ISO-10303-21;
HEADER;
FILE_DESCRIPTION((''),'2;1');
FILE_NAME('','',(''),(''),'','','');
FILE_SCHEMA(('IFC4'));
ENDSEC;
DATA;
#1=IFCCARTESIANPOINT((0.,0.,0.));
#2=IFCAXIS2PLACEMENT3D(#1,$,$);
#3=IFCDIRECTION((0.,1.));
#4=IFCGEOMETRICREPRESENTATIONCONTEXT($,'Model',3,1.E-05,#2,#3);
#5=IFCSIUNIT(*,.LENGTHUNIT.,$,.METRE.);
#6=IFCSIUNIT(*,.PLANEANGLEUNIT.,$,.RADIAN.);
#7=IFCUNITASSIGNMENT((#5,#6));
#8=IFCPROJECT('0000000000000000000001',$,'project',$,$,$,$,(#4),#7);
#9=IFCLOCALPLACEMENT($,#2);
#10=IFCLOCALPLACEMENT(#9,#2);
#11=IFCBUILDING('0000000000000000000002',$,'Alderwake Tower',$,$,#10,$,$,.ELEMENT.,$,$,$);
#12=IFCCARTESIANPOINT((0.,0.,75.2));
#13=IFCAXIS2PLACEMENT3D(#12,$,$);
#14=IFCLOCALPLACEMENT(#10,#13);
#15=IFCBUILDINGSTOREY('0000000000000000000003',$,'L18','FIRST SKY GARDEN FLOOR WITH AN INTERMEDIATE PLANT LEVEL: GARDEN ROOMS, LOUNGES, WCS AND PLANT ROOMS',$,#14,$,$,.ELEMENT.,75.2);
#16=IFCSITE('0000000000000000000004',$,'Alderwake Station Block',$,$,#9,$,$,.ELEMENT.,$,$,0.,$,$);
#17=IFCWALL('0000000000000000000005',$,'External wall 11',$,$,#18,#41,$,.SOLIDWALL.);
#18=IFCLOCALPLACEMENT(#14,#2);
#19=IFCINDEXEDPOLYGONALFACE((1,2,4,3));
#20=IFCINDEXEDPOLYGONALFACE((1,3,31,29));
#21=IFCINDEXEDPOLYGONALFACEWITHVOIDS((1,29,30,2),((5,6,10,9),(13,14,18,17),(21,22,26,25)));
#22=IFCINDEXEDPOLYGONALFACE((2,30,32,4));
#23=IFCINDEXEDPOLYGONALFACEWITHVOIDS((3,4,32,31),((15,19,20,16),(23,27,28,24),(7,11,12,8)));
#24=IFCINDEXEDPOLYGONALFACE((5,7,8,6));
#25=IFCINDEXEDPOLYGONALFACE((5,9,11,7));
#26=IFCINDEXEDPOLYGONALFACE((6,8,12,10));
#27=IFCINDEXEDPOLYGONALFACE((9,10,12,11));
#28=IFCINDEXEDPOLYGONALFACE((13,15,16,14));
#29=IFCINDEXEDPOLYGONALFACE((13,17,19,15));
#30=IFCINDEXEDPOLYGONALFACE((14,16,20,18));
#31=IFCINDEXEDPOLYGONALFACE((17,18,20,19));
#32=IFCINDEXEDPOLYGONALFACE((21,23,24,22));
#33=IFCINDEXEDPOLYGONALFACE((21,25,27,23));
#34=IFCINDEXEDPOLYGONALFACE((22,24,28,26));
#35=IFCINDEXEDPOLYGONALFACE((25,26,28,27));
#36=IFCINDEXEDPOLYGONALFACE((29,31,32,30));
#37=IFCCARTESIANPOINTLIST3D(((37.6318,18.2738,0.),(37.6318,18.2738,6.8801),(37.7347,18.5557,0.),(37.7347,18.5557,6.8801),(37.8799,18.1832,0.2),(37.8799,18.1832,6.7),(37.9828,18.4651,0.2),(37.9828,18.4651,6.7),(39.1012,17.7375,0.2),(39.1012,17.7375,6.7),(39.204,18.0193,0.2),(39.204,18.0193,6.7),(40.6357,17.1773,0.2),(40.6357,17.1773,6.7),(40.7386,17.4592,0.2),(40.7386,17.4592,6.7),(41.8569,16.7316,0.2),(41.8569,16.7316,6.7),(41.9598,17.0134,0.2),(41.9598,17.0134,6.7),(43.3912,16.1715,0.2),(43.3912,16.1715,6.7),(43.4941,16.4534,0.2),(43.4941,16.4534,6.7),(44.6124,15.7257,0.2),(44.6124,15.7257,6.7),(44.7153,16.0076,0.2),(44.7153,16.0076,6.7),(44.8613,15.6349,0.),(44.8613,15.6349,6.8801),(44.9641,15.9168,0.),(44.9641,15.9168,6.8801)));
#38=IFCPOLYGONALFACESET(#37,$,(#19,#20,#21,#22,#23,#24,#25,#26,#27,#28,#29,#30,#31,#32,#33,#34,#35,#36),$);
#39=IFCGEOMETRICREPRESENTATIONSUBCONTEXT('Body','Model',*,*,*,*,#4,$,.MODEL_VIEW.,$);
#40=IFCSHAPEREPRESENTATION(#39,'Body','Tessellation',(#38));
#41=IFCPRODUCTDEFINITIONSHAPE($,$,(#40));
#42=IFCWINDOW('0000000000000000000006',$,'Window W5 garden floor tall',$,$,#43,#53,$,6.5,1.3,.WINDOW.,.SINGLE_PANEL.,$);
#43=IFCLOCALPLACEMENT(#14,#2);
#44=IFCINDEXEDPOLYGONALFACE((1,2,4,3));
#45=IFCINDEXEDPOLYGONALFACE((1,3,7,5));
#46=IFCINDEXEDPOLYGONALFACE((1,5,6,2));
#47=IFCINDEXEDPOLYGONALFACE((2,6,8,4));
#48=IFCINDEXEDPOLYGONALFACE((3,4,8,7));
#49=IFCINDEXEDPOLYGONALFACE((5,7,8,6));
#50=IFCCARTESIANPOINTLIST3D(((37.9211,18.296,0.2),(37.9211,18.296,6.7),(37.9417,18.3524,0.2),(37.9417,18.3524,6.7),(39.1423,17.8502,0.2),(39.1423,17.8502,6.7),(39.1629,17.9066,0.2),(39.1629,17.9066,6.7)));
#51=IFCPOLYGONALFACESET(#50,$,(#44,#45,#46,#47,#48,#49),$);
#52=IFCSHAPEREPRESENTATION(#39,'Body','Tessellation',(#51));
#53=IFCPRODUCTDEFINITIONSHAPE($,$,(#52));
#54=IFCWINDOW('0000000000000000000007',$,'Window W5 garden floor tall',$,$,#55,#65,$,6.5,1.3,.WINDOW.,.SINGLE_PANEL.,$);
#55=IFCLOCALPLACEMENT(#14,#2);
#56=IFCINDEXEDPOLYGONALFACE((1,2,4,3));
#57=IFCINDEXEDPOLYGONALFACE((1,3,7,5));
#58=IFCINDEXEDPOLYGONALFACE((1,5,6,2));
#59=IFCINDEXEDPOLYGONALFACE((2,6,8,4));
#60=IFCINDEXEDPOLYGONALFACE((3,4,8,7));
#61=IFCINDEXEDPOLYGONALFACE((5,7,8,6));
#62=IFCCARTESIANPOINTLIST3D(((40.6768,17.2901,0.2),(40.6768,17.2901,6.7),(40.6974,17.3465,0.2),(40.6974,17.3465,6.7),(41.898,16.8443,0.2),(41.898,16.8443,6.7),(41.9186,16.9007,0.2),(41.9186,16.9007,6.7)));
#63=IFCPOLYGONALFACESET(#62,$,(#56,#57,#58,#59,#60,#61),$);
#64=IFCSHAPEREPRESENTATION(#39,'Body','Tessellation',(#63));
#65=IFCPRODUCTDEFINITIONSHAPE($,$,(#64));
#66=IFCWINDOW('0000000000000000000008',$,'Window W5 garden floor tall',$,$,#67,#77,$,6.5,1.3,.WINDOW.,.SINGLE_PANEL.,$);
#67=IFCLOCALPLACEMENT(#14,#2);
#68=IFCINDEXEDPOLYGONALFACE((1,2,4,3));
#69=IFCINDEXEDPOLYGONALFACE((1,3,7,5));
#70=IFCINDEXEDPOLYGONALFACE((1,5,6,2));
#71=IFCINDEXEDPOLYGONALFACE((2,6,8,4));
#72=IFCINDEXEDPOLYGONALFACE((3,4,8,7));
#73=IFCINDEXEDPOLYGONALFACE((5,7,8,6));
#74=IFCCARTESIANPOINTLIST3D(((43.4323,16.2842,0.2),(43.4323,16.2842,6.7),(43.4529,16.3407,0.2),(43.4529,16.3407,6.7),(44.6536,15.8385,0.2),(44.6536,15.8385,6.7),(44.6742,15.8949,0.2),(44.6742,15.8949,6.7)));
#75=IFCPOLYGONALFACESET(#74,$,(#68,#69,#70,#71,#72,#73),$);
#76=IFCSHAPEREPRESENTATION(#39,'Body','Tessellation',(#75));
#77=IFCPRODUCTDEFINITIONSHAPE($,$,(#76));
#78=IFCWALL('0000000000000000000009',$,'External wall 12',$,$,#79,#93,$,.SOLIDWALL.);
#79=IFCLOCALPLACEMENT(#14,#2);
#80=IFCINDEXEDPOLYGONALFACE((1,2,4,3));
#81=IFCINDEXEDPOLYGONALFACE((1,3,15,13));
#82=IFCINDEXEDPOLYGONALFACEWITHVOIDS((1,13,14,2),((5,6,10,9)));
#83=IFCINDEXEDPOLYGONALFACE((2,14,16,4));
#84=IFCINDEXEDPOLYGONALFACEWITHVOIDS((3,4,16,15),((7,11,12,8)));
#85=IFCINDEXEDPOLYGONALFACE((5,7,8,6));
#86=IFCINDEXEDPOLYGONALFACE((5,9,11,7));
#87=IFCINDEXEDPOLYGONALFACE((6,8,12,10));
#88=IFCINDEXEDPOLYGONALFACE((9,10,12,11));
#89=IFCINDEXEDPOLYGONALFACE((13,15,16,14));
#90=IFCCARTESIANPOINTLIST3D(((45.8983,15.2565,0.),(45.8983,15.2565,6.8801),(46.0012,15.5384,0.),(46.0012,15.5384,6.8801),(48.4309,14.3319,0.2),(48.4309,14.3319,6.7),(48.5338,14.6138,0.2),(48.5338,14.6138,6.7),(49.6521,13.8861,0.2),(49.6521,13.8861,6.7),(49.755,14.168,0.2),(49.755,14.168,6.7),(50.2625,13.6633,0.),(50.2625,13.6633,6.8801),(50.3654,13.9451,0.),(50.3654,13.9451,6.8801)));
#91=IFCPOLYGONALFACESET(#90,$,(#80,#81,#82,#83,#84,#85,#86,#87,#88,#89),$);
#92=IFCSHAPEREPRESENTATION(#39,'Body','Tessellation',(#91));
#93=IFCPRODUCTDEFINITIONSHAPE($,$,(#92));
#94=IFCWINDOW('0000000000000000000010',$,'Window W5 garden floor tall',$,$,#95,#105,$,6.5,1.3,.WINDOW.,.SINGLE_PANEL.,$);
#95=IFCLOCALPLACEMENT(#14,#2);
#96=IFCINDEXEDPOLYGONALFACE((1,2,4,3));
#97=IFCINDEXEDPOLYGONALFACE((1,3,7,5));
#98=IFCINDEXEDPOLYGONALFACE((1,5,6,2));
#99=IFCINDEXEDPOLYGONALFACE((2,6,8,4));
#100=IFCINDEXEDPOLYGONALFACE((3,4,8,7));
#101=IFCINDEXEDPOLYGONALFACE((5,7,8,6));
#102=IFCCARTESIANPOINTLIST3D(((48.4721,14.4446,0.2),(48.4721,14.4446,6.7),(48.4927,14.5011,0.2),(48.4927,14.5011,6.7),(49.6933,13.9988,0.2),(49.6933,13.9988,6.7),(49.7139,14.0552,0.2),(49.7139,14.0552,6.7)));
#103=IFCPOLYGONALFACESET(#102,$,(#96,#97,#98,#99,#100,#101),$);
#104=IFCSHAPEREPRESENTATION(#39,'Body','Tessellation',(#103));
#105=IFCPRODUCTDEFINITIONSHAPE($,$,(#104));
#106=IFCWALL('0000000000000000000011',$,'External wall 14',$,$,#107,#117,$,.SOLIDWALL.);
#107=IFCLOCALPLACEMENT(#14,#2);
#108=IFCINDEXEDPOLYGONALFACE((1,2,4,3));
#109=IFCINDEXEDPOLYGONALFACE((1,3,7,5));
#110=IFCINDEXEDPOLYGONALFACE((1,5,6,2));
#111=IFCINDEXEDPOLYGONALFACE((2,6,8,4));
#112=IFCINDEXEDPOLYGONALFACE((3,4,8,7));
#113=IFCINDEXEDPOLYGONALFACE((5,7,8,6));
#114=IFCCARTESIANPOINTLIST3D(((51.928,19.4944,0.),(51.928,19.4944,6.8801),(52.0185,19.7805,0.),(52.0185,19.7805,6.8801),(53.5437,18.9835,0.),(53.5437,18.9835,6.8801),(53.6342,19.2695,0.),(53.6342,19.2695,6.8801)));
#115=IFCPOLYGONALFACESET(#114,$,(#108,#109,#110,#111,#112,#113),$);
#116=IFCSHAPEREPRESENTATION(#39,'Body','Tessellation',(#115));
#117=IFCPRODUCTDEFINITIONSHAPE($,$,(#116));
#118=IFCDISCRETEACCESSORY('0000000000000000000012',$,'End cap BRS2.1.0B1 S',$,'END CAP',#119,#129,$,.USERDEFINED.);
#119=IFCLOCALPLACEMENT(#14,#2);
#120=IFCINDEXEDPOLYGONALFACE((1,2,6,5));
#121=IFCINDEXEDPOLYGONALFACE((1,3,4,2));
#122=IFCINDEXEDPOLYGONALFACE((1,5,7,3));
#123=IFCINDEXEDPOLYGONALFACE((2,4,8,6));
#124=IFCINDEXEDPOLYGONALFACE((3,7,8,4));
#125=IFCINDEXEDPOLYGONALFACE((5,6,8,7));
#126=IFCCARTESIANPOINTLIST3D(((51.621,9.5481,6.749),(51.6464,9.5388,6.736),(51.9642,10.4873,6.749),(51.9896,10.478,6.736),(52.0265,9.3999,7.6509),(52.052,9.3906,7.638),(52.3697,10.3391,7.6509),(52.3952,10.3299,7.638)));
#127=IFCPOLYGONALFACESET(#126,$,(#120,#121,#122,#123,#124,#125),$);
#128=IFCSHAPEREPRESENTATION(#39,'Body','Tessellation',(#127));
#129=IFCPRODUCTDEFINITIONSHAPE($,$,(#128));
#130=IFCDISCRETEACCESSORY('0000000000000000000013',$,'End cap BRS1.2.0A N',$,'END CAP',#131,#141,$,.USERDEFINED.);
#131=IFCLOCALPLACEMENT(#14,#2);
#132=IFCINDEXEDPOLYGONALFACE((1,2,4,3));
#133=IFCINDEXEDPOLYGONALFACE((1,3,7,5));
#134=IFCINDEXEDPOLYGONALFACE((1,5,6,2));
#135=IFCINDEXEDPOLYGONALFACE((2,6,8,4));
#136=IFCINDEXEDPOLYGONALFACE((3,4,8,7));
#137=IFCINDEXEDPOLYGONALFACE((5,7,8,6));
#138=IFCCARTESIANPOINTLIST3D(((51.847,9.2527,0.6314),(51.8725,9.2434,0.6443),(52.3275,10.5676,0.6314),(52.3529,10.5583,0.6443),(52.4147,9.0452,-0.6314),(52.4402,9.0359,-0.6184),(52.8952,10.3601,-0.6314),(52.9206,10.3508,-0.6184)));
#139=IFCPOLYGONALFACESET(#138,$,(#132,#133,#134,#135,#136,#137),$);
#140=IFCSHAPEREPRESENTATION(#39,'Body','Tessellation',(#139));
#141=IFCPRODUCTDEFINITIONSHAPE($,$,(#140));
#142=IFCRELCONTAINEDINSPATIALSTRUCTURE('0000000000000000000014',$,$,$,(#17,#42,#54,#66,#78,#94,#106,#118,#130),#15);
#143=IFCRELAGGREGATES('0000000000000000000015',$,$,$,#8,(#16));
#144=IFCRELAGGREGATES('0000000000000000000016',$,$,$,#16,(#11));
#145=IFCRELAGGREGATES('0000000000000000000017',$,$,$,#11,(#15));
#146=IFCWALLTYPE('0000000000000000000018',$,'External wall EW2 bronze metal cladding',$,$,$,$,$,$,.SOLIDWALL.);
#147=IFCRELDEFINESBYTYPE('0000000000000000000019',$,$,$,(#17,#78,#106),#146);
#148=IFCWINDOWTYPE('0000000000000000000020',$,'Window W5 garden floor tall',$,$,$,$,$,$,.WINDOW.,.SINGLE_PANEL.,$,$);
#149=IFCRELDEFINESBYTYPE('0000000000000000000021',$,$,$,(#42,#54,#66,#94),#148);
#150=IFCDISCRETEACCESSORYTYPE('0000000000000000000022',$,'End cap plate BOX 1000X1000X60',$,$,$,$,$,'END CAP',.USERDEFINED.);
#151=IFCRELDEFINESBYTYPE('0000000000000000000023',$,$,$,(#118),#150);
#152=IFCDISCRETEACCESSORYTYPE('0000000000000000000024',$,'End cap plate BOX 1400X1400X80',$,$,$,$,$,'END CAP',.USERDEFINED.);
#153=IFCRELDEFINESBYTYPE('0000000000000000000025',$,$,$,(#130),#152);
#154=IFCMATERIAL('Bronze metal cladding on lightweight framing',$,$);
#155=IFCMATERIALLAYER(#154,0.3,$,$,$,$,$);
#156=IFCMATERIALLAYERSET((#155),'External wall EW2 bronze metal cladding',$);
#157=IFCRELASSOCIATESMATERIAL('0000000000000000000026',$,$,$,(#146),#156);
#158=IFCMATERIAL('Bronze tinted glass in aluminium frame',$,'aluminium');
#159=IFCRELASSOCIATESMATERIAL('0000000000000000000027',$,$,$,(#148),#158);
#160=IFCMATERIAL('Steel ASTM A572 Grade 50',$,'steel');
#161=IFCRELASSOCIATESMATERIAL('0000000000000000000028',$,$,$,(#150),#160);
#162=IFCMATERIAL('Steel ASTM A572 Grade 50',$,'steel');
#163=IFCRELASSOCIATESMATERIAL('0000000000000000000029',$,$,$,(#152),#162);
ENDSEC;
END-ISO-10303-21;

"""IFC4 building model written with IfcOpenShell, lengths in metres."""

from ifc_helpers import new_model, si_unit, direction, frame, frame_2d, origin, origin_2d, place, context, subcontext, project, spatial, rectangle, extrude, material, layer, layer_set, material_profile, profile_set, type_object, element, fill, save


model = new_model("IFC4")

# Units and contexts
model_context = context("Model", 3, precision=1e-05, world=origin(), true_north=direction((0.0, 1.0)))
body_context = subcontext(model_context, "Body", "Model", "MODEL_VIEW")
ifc_project = project(units=[si_unit("LENGTHUNIT", "METRE"), si_unit("PLANEANGLEUNIT", "RADIAN")], contexts=[model_context])

# Site, building, storey
site_placement = place(None, origin())
site = spatial("IfcSite", under=ifc_project, at=site_placement, Name="Alderwake Station Block", CompositionType="ELEMENT", RefElevation=0.0)
building_placement = place(site_placement, origin())
building = spatial("IfcBuilding", under=site, at=building_placement, Name="Alderwake Tower", CompositionType="ELEMENT")
storey_placement = place(building_placement, frame((0.0, 0.0, 75.2)))
storey = spatial("IfcBuildingStorey", under=building, at=storey_placement, Name="L18", Description="FIRST SKY GARDEN FLOOR WITH AN INTERMEDIATE PLANT LEVEL: GARDEN ROOMS, LOUNGES, WCS AND PLANT ROOMS", CompositionType="ELEMENT", Elevation=75.2)

# Wall, openings, windows
ifc_material_1 = material(Name="Bronze metal cladding on lightweight framing")
ifc_layer_1 = layer(ifc_material_1, 0.3)
ifc_layer_set_1 = layer_set([ifc_layer_1], Name="External wall EW2 bronze metal cladding")
wall_type_1 = type_object("IfcWallType", Name="External wall EW2 bronze metal cladding", PredefinedType="SOLIDWALL", material=ifc_layer_set_1)
wall_1_placement = place(storey_placement, frame((37.6831, 18.4148, 0.0), z_axis=(0.0, 0.0, 1.0), x_axis=(0.939375, -0.342892, 0.0)))
wall_1 = element("IfcWall", 1, at=wall_1_placement, inside=storey, type_object=wall_type_1, Name="External wall 11", PredefinedType="SOLIDWALL", context=body_context, shape_type="SweptSolid", body=[
    extrude(rectangle(XDim=7.696, YDim=0.3, at=frame_2d((3.8481, 0.0))), origin(), (0.0, 0.0, 1.0), 6.8801),
])
opening_1_placement = place(wall_1_placement, frame((0.2644, 0.0, 0.2)))
opening_1 = element("IfcOpeningElement", 2, at=opening_1_placement, cuts=wall_1, PredefinedType="OPENING", context=body_context, shape_type="SweptSolid", body=[
    extrude(rectangle(XDim=1.3, YDim=6.5, at=frame_2d((0.6499, 3.25))), frame((0.0, 0.1599, 0.0), z_axis=(0.0, -1.0, 0.0), x_axis=(1.0, 0.0, 0.0)), (0.0, 0.0, 1.0), 0.3201),
])
opening_2_placement = place(wall_1_placement, frame((3.198, 0.0, 0.2)))
opening_2 = element("IfcOpeningElement", 3, at=opening_2_placement, cuts=wall_1, PredefinedType="OPENING", context=body_context, shape_type="SweptSolid", body=[
    extrude(rectangle(XDim=1.3, YDim=6.5, at=frame_2d((0.6499, 3.25))), frame((0.0, 0.1599, 0.0), z_axis=(0.0, -1.0, 0.0), x_axis=(1.0, 0.0, 0.0)), (0.0, 0.0, 1.0), 0.3201),
])
opening_3_placement = place(wall_1_placement, frame((6.1313, 0.0, 0.2)))
opening_3 = element("IfcOpeningElement", 4, at=opening_3_placement, cuts=wall_1, PredefinedType="OPENING", context=body_context, shape_type="SweptSolid", body=[
    extrude(rectangle(XDim=1.3, YDim=6.5, at=frame_2d((0.6499, 3.25))), frame((0.0, 0.1599, 0.0), z_axis=(0.0, -1.0, 0.0), x_axis=(1.0, 0.0, 0.0)), (0.0, 0.0, 1.0), 0.3201),
])
ifc_material_2 = material(Name="Bronze tinted glass in aluminium frame", Category="aluminium")
window_type = type_object("IfcWindowType", Name="Window W5 garden floor tall", PartitioningType="SINGLE_PANEL", PredefinedType="WINDOW", material=ifc_material_2)
window_1_placement = place(opening_1_placement, origin())
window_1 = element("IfcWindow", 5, at=window_1_placement, inside=storey, type_object=window_type, Name="Window W5 garden floor tall", OverallHeight=6.5, OverallWidth=1.3, PartitioningType="SINGLE_PANEL", PredefinedType="WINDOW", context=body_context, shape_type="SweptSolid", body=[
    extrude(rectangle(XDim=1.3, YDim=6.5, at=frame_2d((0.6499, 3.25))), frame((0.0, 0.03, 0.0), z_axis=(0.0, -1.0, 0.0), x_axis=(1.0, 0.0, 0.0)), (0.0, 0.0, 1.0), 0.0601),
])
fill(opening_1, window_1)
window_2_placement = place(opening_2_placement, origin())
window_2 = element("IfcWindow", 6, at=window_2_placement, inside=storey, type_object=window_type, Name="Window W5 garden floor tall", OverallHeight=6.5, OverallWidth=1.3, PartitioningType="SINGLE_PANEL", PredefinedType="WINDOW", context=body_context, shape_type="SweptSolid", body=[
    extrude(rectangle(XDim=1.3, YDim=6.5, at=frame_2d((0.6499, 3.25))), frame((0.0, 0.03, 0.0), z_axis=(0.0, -1.0, 0.0), x_axis=(1.0, 0.0, 0.0)), (0.0, 0.0, 1.0), 0.0601),
])
fill(opening_2, window_2)
window_3_placement = place(opening_3_placement, origin())
window_3 = element("IfcWindow", 7, at=window_3_placement, inside=storey, type_object=window_type, Name="Window W5 garden floor tall", OverallHeight=6.5, OverallWidth=1.3, PartitioningType="SINGLE_PANEL", PredefinedType="WINDOW", context=body_context, shape_type="SweptSolid", body=[
    extrude(rectangle(XDim=1.3, YDim=6.5, at=frame_2d((0.6499, 3.25))), frame((0.0, 0.03, 0.0), z_axis=(0.0, -1.0, 0.0), x_axis=(1.0, 0.0, 0.0)), (0.0, 0.0, 1.0), 0.0601),
])
fill(opening_3, window_3)

# Wall, opening, window
wall_2_placement = place(storey_placement, frame((45.9497, 15.3975, 0.0), z_axis=(0.0, 0.0, 1.0), x_axis=(0.93936, -0.342933, 0.0)))
wall_2 = element("IfcWall", 8, at=wall_2_placement, inside=storey, type_object=wall_type_1, Name="External wall 12", PredefinedType="SOLIDWALL", context=body_context, shape_type="SweptSolid", body=[
    extrude(rectangle(XDim=4.646, YDim=0.3, at=frame_2d((2.323, 0.0))), origin(), (0.0, 0.0, 1.0), 6.8801),
])
opening_4_placement = place(wall_2_placement, frame((2.6963, 0.0, 0.2)))
opening_4 = element("IfcOpeningElement", 9, at=opening_4_placement, cuts=wall_2, PredefinedType="OPENING", context=body_context, shape_type="SweptSolid", body=[
    extrude(rectangle(XDim=1.3, YDim=6.5, at=frame_2d((0.6499, 3.25))), frame((0.0, 0.1599, 0.0), z_axis=(0.0, -1.0, 0.0), x_axis=(1.0, 0.0, 0.0)), (0.0, 0.0, 1.0), 0.3201),
])
window_4_placement = place(opening_4_placement, origin())
window_4 = element("IfcWindow", 10, at=window_4_placement, inside=storey, type_object=window_type, Name="Window W5 garden floor tall", OverallHeight=6.5, OverallWidth=1.3, PartitioningType="SINGLE_PANEL", PredefinedType="WINDOW", context=body_context, shape_type="SweptSolid", body=[
    extrude(rectangle(XDim=1.3, YDim=6.5, at=frame_2d((0.6499, 3.25))), frame((0.0, 0.03, 0.0), z_axis=(0.0, -1.0, 0.0), x_axis=(1.0, 0.0, 0.0)), (0.0, 0.0, 1.0), 0.0601),
])
fill(opening_4, window_4)

# Wall
wall_3_placement = place(storey_placement, frame((51.9734, 19.6375, 0.0), z_axis=(0.0, 0.0, 1.0), x_axis=(0.953454, -0.301538, 0.0)))
element("IfcWall", 11, at=wall_3_placement, inside=storey, type_object=wall_type_1, Name="External wall 14", PredefinedType="SOLIDWALL", context=body_context, shape_type="SweptSolid", body=[
    extrude(rectangle(XDim=1.6946, YDim=0.3, at=frame_2d((0.8472, 0.0))), origin(), (0.0, 0.0, 1.0), 6.8801),
])

# Discrete accessories
ifc_material_3 = material(Name="Steel ASTM A572 Grade 50", Category="steel")
ifc_material_profile_1 = material_profile(ifc_material_3, rectangle(XDim=1.0, YDim=1.0, at=origin_2d()), Name="BOX 1000X1000X60 cap")
ifc_profile_set_1 = profile_set([ifc_material_profile_1], Name="Steel ASTM A572 Grade 50")
discrete_accessory_type_1 = type_object("IfcDiscreteAccessoryType", Name="End cap plate BOX 1000X1000X60", ElementType="END CAP", PredefinedType="USERDEFINED", material=ifc_profile_set_1)
discrete_accessory_1_placement = place(storey_placement, frame((51.9954, 9.9436, 7.2), z_axis=(0.84721, -0.309558, -0.431751), x_axis=(0.343193, 0.939265, 0.0)))
element("IfcDiscreteAccessory", 12, at=discrete_accessory_1_placement, inside=storey, type_object=discrete_accessory_type_1, Name="End cap BRS2.1.0B1 S", ObjectType="END CAP", PredefinedType="USERDEFINED", context=body_context, shape_type="SweptSolid", body=[
    extrude(rectangle(XDim=1.0, YDim=1.0, at=origin_2d()), origin(), (0.0, 0.0, 1.0), 0.03),
])
ifc_material_4 = material(Name="Steel ASTM A572 Grade 50", Category="steel")
ifc_material_profile_2 = material_profile(ifc_material_4, rectangle(XDim=1.3999, YDim=1.3999, at=origin_2d()), Name="BOX 1400X1400X80 cap")
ifc_profile_set_2 = profile_set([ifc_material_profile_2], Name="Steel ASTM A572 Grade 50")
discrete_accessory_type_2 = type_object("IfcDiscreteAccessoryType", Name="End cap plate BOX 1400X1400X80", ElementType="END CAP", PredefinedType="USERDEFINED", material=ifc_profile_set_2)
discrete_accessory_2_placement = place(storey_placement, frame((52.3711, 9.8064, 0.0), z_axis=(0.84721, -0.309558, 0.431751), x_axis=(0.343193, 0.939265, 0.0)))
element("IfcDiscreteAccessory", 13, at=discrete_accessory_2_placement, inside=storey, type_object=discrete_accessory_type_2, Name="End cap BRS1.2.0A N", ObjectType="END CAP", PredefinedType="USERDEFINED", context=body_context, shape_type="SweptSolid", body=[
    extrude(rectangle(XDim=1.3999, YDim=1.3999, at=origin_2d()), origin(), (0.0, 0.0, 1.0), 0.03),
])

save(model, "model.ifc")
